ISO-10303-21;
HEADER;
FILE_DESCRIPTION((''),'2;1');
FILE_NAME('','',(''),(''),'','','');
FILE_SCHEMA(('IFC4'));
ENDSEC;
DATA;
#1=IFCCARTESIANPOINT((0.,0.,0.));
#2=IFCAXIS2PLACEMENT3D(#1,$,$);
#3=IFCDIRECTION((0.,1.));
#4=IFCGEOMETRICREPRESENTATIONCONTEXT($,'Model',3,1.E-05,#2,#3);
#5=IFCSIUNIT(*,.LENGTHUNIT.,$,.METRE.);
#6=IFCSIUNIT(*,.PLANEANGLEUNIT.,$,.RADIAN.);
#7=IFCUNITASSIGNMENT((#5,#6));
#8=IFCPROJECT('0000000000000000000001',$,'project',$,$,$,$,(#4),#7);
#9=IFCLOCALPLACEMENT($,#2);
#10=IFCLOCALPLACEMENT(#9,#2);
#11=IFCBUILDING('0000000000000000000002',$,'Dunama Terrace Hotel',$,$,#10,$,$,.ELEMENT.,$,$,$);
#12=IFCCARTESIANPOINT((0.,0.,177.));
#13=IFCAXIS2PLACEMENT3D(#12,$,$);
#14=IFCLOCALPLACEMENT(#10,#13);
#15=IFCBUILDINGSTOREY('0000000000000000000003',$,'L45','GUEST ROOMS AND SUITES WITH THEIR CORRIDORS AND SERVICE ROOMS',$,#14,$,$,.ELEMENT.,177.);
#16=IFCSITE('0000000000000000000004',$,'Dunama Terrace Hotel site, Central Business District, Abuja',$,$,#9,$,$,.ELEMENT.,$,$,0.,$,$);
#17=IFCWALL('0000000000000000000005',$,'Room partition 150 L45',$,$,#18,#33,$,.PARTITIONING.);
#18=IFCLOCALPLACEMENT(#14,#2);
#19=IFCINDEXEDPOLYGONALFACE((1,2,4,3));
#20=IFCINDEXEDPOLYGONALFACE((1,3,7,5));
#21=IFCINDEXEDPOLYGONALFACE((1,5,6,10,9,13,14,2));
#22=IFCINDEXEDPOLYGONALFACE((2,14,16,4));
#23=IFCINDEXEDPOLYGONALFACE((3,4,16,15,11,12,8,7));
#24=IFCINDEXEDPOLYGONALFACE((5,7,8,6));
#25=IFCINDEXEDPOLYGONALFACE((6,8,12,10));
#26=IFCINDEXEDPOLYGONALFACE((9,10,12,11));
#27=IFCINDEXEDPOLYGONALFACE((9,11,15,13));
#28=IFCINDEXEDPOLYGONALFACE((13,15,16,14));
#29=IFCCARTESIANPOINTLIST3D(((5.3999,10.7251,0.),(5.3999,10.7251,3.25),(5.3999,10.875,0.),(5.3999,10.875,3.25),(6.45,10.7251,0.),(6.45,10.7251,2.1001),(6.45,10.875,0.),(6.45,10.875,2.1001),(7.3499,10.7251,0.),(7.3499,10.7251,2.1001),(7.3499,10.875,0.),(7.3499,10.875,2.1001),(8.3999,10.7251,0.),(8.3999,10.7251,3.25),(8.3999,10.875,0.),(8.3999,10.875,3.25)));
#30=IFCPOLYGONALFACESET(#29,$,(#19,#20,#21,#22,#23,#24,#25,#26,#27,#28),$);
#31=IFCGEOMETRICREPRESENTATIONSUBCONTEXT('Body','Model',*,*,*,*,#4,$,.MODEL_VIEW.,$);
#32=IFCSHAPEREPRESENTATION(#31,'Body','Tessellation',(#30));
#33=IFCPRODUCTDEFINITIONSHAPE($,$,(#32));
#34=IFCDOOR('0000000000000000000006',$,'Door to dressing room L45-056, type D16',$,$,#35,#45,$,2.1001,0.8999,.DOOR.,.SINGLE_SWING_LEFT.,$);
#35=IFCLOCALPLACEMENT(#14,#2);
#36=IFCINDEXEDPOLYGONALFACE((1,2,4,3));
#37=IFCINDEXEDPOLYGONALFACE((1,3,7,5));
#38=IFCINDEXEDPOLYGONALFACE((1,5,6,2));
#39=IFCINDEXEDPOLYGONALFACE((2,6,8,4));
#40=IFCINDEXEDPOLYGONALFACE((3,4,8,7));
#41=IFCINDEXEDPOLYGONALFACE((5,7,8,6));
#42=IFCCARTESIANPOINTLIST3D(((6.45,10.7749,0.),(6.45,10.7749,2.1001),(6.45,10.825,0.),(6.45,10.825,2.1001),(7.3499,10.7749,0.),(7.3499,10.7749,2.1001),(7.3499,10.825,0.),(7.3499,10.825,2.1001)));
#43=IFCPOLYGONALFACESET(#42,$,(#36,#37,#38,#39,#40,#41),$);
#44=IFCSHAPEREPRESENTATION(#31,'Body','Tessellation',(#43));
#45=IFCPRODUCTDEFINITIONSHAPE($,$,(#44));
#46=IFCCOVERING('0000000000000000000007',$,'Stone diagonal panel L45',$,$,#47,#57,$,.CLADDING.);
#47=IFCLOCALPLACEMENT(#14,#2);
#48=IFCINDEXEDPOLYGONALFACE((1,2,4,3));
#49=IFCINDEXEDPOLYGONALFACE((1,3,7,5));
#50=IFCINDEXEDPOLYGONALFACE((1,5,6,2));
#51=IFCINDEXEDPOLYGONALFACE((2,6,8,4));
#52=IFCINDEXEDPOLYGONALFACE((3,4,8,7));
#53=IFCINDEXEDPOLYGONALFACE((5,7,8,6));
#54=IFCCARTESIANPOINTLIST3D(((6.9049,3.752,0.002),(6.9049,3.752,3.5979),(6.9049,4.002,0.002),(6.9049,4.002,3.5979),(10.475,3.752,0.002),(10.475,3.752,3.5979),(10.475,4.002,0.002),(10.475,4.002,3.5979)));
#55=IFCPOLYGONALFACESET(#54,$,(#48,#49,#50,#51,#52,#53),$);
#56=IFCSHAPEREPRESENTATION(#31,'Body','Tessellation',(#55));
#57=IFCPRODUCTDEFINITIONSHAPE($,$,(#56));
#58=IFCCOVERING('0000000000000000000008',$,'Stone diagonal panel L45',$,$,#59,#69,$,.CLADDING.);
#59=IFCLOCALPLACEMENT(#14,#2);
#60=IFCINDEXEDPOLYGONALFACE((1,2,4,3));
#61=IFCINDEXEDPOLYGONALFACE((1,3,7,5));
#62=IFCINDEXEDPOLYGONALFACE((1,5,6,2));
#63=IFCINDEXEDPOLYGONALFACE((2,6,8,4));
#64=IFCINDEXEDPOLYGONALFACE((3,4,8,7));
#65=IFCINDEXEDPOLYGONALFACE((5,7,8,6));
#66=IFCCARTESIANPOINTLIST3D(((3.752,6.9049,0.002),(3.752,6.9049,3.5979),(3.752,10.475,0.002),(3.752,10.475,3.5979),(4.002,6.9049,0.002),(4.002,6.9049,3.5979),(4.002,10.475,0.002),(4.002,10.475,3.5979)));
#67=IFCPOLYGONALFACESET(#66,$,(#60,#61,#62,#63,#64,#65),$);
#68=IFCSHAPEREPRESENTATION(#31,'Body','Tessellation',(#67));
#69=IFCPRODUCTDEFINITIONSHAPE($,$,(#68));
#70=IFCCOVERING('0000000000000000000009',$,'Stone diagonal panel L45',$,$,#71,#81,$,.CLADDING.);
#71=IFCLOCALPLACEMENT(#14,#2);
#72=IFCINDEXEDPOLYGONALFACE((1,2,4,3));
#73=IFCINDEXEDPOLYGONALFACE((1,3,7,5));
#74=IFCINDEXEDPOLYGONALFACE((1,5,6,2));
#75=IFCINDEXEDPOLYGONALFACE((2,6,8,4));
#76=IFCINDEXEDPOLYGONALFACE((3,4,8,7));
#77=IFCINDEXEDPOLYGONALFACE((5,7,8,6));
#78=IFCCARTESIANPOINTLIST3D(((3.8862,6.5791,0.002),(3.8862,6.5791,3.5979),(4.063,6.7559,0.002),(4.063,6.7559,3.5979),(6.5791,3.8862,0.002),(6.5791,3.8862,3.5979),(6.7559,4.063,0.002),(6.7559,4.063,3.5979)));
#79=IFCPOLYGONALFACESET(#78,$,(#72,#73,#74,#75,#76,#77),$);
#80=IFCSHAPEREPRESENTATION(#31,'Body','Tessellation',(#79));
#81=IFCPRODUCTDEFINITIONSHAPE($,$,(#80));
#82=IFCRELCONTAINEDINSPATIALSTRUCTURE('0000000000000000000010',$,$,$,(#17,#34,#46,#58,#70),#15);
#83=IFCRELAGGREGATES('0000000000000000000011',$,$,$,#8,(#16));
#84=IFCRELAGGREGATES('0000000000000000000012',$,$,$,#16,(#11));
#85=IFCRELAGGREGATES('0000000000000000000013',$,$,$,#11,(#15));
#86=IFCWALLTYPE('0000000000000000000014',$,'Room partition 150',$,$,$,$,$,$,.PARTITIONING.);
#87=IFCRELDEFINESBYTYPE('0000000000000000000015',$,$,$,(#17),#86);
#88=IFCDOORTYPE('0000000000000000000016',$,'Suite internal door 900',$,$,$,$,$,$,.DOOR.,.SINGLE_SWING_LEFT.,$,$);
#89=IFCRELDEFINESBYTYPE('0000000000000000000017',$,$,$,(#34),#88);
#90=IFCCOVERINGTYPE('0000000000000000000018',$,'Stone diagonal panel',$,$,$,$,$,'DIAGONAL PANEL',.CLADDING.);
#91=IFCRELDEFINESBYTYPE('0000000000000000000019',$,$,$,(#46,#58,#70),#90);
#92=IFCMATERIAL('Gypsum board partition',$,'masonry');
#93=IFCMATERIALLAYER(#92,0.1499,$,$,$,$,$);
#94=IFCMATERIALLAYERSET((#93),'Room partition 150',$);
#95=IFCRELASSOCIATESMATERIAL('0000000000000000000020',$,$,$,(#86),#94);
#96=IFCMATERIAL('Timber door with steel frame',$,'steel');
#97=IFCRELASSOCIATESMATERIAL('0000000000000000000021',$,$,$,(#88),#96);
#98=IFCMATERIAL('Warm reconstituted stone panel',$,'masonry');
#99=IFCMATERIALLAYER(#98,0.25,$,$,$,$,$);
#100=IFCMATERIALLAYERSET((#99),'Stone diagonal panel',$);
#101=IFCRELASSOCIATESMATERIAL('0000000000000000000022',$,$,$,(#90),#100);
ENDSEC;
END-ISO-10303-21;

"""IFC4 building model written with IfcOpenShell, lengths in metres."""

from ifc_helpers import new_model, si_unit, direction, frame, frame_2d, origin, origin_2d, place, context, subcontext, project, spatial, rectangle, extrude, material, layer, layer_set, type_object, element, fill, save


model = new_model("IFC4")

# Units and contexts
model_context = context("Model", 3, precision=1e-05, world=origin(), true_north=direction((0.0, 1.0)))
body_context = subcontext(model_context, "Body", "Model", "MODEL_VIEW")
ifc_project = project(units=[si_unit("LENGTHUNIT", "METRE"), si_unit("PLANEANGLEUNIT", "RADIAN")], contexts=[model_context])

# Site, building, storey
site_placement = place(None, origin())
site = spatial("IfcSite", under=ifc_project, at=site_placement, Name="Dunama Terrace Hotel site, Central Business District, Abuja", CompositionType="ELEMENT", RefElevation=0.0)
building_placement = place(site_placement, origin())
building = spatial("IfcBuilding", under=site, at=building_placement, Name="Dunama Terrace Hotel", CompositionType="ELEMENT")
storey_placement = place(building_placement, frame((0.0, 0.0, 177.0)))
storey = spatial("IfcBuildingStorey", under=building, at=storey_placement, Name="L45", Description="GUEST ROOMS AND SUITES WITH THEIR CORRIDORS AND SERVICE ROOMS", CompositionType="ELEMENT", Elevation=177.0)

# Shared definitions
ifc_material_1 = material(Name="Gypsum board partition", Category="masonry")
ifc_layer_1 = layer(ifc_material_1, 0.1499)
ifc_layer_set_1 = layer_set([ifc_layer_1], Name="Room partition 150")
wall_type = type_object("IfcWallType", Name="Room partition 150", PredefinedType="PARTITIONING", material=ifc_layer_set_1)

# Wall, opening, door
ifc_material_2 = material(Name="Timber door with steel frame", Category="steel")
door_type = type_object("IfcDoorType", Name="Suite internal door 900", OperationType="SINGLE_SWING_LEFT", PredefinedType="DOOR", material=ifc_material_2)
wall_1_placement = place(storey_placement, frame((5.3999, 10.8, 0.0), z_axis=(0.0, 0.0, 1.0), x_axis=(1.0, 0.0, 0.0)))
wall_1 = element("IfcWall", 1, at=wall_1_placement, inside=storey, type_object=wall_type, Name="Room partition 150 L45", PredefinedType="PARTITIONING", context=body_context, shape_type="SweptSolid", body=[
    extrude(rectangle(XDim=3.0, YDim=0.1499, at=frame_2d((1.5, 0.0))), origin(), (0.0, 0.0, 1.0), 3.25),
])
opening_1_placement = place(wall_1_placement, frame((1.05, 0.0, 0.0)))
opening_1 = element("IfcOpeningElement", 2, at=opening_1_placement, cuts=wall_1, PredefinedType="OPENING", context=body_context, shape_type="SweptSolid", body=[
    extrude(rectangle(XDim=0.8999, YDim=2.1001, at=frame_2d((0.45, 1.05))), frame((0.0, 0.085, 0.0), z_axis=(0.0, -1.0, 0.0), x_axis=(1.0, 0.0, 0.0)), (0.0, 0.0, 1.0), 0.1699),
])
door_1_placement = place(opening_1_placement, origin())
door_1 = element("IfcDoor", 3, at=door_1_placement, inside=storey, type_object=door_type, Name="Door to dressing room L45-056, type D16", OperationType="SINGLE_SWING_LEFT", OverallHeight=2.1001, OverallWidth=0.8999, PredefinedType="DOOR", context=body_context, shape_type="SweptSolid", body=[
    extrude(rectangle(XDim=0.8999, YDim=2.1001, at=frame_2d((0.45, 1.05))), frame((0.0, 0.0249, 0.0), z_axis=(0.0, -1.0, 0.0), x_axis=(1.0, 0.0, 0.0)), (0.0, 0.0, 1.0), 0.05),
])
fill(opening_1, door_1)

# Coverings
ifc_material_3 = material(Name="Warm reconstituted stone panel", Category="masonry")
ifc_layer_2 = layer(ifc_material_3, 0.25)
ifc_layer_set_2 = layer_set([ifc_layer_2], Name="Stone diagonal panel")
covering_type = type_object("IfcCoveringType", Name="Stone diagonal panel", ElementType="DIAGONAL PANEL", PredefinedType="CLADDING", material=ifc_layer_set_2)
for number, where, z_axis, x_axis, name in (
    (4, (8.6899, 3.877, 0.002), (0.0, 0.0, 1.0), (1.0, 0.0, 0.0), "Stone diagonal panel L45"),
    (5, (3.877, 8.6899, 0.002), (0.0, 0.0, 1.0), (0.0, -1.0, 0.0), "Stone diagonal panel L45"),
):
    element("IfcCovering", number, at=place(storey_placement, frame(where, z_axis=z_axis, x_axis=x_axis)), inside=storey, type_object=covering_type, Name=name, PredefinedType="CLADDING", context=body_context, shape_type="SweptSolid", body=[
        extrude(rectangle(XDim=3.5701, YDim=0.25, at=origin_2d()), origin(), (0.0, 0.0, 1.0), 3.5959),
    ])
covering_placement = place(storey_placement, frame((5.321, 5.321, 0.002), z_axis=(0.0, 0.0, 1.0), x_axis=(0.707107, -0.707107, 0.0)))
element("IfcCovering", 6, at=covering_placement, inside=storey, type_object=covering_type, Name="Stone diagonal panel L45", PredefinedType="CLADDING", context=body_context, shape_type="SweptSolid", body=[
    extrude(rectangle(XDim=3.8083, YDim=0.25, at=origin_2d()), origin(), (0.0, 0.0, 1.0), 3.5959),
])

save(model, "model.ifc")
